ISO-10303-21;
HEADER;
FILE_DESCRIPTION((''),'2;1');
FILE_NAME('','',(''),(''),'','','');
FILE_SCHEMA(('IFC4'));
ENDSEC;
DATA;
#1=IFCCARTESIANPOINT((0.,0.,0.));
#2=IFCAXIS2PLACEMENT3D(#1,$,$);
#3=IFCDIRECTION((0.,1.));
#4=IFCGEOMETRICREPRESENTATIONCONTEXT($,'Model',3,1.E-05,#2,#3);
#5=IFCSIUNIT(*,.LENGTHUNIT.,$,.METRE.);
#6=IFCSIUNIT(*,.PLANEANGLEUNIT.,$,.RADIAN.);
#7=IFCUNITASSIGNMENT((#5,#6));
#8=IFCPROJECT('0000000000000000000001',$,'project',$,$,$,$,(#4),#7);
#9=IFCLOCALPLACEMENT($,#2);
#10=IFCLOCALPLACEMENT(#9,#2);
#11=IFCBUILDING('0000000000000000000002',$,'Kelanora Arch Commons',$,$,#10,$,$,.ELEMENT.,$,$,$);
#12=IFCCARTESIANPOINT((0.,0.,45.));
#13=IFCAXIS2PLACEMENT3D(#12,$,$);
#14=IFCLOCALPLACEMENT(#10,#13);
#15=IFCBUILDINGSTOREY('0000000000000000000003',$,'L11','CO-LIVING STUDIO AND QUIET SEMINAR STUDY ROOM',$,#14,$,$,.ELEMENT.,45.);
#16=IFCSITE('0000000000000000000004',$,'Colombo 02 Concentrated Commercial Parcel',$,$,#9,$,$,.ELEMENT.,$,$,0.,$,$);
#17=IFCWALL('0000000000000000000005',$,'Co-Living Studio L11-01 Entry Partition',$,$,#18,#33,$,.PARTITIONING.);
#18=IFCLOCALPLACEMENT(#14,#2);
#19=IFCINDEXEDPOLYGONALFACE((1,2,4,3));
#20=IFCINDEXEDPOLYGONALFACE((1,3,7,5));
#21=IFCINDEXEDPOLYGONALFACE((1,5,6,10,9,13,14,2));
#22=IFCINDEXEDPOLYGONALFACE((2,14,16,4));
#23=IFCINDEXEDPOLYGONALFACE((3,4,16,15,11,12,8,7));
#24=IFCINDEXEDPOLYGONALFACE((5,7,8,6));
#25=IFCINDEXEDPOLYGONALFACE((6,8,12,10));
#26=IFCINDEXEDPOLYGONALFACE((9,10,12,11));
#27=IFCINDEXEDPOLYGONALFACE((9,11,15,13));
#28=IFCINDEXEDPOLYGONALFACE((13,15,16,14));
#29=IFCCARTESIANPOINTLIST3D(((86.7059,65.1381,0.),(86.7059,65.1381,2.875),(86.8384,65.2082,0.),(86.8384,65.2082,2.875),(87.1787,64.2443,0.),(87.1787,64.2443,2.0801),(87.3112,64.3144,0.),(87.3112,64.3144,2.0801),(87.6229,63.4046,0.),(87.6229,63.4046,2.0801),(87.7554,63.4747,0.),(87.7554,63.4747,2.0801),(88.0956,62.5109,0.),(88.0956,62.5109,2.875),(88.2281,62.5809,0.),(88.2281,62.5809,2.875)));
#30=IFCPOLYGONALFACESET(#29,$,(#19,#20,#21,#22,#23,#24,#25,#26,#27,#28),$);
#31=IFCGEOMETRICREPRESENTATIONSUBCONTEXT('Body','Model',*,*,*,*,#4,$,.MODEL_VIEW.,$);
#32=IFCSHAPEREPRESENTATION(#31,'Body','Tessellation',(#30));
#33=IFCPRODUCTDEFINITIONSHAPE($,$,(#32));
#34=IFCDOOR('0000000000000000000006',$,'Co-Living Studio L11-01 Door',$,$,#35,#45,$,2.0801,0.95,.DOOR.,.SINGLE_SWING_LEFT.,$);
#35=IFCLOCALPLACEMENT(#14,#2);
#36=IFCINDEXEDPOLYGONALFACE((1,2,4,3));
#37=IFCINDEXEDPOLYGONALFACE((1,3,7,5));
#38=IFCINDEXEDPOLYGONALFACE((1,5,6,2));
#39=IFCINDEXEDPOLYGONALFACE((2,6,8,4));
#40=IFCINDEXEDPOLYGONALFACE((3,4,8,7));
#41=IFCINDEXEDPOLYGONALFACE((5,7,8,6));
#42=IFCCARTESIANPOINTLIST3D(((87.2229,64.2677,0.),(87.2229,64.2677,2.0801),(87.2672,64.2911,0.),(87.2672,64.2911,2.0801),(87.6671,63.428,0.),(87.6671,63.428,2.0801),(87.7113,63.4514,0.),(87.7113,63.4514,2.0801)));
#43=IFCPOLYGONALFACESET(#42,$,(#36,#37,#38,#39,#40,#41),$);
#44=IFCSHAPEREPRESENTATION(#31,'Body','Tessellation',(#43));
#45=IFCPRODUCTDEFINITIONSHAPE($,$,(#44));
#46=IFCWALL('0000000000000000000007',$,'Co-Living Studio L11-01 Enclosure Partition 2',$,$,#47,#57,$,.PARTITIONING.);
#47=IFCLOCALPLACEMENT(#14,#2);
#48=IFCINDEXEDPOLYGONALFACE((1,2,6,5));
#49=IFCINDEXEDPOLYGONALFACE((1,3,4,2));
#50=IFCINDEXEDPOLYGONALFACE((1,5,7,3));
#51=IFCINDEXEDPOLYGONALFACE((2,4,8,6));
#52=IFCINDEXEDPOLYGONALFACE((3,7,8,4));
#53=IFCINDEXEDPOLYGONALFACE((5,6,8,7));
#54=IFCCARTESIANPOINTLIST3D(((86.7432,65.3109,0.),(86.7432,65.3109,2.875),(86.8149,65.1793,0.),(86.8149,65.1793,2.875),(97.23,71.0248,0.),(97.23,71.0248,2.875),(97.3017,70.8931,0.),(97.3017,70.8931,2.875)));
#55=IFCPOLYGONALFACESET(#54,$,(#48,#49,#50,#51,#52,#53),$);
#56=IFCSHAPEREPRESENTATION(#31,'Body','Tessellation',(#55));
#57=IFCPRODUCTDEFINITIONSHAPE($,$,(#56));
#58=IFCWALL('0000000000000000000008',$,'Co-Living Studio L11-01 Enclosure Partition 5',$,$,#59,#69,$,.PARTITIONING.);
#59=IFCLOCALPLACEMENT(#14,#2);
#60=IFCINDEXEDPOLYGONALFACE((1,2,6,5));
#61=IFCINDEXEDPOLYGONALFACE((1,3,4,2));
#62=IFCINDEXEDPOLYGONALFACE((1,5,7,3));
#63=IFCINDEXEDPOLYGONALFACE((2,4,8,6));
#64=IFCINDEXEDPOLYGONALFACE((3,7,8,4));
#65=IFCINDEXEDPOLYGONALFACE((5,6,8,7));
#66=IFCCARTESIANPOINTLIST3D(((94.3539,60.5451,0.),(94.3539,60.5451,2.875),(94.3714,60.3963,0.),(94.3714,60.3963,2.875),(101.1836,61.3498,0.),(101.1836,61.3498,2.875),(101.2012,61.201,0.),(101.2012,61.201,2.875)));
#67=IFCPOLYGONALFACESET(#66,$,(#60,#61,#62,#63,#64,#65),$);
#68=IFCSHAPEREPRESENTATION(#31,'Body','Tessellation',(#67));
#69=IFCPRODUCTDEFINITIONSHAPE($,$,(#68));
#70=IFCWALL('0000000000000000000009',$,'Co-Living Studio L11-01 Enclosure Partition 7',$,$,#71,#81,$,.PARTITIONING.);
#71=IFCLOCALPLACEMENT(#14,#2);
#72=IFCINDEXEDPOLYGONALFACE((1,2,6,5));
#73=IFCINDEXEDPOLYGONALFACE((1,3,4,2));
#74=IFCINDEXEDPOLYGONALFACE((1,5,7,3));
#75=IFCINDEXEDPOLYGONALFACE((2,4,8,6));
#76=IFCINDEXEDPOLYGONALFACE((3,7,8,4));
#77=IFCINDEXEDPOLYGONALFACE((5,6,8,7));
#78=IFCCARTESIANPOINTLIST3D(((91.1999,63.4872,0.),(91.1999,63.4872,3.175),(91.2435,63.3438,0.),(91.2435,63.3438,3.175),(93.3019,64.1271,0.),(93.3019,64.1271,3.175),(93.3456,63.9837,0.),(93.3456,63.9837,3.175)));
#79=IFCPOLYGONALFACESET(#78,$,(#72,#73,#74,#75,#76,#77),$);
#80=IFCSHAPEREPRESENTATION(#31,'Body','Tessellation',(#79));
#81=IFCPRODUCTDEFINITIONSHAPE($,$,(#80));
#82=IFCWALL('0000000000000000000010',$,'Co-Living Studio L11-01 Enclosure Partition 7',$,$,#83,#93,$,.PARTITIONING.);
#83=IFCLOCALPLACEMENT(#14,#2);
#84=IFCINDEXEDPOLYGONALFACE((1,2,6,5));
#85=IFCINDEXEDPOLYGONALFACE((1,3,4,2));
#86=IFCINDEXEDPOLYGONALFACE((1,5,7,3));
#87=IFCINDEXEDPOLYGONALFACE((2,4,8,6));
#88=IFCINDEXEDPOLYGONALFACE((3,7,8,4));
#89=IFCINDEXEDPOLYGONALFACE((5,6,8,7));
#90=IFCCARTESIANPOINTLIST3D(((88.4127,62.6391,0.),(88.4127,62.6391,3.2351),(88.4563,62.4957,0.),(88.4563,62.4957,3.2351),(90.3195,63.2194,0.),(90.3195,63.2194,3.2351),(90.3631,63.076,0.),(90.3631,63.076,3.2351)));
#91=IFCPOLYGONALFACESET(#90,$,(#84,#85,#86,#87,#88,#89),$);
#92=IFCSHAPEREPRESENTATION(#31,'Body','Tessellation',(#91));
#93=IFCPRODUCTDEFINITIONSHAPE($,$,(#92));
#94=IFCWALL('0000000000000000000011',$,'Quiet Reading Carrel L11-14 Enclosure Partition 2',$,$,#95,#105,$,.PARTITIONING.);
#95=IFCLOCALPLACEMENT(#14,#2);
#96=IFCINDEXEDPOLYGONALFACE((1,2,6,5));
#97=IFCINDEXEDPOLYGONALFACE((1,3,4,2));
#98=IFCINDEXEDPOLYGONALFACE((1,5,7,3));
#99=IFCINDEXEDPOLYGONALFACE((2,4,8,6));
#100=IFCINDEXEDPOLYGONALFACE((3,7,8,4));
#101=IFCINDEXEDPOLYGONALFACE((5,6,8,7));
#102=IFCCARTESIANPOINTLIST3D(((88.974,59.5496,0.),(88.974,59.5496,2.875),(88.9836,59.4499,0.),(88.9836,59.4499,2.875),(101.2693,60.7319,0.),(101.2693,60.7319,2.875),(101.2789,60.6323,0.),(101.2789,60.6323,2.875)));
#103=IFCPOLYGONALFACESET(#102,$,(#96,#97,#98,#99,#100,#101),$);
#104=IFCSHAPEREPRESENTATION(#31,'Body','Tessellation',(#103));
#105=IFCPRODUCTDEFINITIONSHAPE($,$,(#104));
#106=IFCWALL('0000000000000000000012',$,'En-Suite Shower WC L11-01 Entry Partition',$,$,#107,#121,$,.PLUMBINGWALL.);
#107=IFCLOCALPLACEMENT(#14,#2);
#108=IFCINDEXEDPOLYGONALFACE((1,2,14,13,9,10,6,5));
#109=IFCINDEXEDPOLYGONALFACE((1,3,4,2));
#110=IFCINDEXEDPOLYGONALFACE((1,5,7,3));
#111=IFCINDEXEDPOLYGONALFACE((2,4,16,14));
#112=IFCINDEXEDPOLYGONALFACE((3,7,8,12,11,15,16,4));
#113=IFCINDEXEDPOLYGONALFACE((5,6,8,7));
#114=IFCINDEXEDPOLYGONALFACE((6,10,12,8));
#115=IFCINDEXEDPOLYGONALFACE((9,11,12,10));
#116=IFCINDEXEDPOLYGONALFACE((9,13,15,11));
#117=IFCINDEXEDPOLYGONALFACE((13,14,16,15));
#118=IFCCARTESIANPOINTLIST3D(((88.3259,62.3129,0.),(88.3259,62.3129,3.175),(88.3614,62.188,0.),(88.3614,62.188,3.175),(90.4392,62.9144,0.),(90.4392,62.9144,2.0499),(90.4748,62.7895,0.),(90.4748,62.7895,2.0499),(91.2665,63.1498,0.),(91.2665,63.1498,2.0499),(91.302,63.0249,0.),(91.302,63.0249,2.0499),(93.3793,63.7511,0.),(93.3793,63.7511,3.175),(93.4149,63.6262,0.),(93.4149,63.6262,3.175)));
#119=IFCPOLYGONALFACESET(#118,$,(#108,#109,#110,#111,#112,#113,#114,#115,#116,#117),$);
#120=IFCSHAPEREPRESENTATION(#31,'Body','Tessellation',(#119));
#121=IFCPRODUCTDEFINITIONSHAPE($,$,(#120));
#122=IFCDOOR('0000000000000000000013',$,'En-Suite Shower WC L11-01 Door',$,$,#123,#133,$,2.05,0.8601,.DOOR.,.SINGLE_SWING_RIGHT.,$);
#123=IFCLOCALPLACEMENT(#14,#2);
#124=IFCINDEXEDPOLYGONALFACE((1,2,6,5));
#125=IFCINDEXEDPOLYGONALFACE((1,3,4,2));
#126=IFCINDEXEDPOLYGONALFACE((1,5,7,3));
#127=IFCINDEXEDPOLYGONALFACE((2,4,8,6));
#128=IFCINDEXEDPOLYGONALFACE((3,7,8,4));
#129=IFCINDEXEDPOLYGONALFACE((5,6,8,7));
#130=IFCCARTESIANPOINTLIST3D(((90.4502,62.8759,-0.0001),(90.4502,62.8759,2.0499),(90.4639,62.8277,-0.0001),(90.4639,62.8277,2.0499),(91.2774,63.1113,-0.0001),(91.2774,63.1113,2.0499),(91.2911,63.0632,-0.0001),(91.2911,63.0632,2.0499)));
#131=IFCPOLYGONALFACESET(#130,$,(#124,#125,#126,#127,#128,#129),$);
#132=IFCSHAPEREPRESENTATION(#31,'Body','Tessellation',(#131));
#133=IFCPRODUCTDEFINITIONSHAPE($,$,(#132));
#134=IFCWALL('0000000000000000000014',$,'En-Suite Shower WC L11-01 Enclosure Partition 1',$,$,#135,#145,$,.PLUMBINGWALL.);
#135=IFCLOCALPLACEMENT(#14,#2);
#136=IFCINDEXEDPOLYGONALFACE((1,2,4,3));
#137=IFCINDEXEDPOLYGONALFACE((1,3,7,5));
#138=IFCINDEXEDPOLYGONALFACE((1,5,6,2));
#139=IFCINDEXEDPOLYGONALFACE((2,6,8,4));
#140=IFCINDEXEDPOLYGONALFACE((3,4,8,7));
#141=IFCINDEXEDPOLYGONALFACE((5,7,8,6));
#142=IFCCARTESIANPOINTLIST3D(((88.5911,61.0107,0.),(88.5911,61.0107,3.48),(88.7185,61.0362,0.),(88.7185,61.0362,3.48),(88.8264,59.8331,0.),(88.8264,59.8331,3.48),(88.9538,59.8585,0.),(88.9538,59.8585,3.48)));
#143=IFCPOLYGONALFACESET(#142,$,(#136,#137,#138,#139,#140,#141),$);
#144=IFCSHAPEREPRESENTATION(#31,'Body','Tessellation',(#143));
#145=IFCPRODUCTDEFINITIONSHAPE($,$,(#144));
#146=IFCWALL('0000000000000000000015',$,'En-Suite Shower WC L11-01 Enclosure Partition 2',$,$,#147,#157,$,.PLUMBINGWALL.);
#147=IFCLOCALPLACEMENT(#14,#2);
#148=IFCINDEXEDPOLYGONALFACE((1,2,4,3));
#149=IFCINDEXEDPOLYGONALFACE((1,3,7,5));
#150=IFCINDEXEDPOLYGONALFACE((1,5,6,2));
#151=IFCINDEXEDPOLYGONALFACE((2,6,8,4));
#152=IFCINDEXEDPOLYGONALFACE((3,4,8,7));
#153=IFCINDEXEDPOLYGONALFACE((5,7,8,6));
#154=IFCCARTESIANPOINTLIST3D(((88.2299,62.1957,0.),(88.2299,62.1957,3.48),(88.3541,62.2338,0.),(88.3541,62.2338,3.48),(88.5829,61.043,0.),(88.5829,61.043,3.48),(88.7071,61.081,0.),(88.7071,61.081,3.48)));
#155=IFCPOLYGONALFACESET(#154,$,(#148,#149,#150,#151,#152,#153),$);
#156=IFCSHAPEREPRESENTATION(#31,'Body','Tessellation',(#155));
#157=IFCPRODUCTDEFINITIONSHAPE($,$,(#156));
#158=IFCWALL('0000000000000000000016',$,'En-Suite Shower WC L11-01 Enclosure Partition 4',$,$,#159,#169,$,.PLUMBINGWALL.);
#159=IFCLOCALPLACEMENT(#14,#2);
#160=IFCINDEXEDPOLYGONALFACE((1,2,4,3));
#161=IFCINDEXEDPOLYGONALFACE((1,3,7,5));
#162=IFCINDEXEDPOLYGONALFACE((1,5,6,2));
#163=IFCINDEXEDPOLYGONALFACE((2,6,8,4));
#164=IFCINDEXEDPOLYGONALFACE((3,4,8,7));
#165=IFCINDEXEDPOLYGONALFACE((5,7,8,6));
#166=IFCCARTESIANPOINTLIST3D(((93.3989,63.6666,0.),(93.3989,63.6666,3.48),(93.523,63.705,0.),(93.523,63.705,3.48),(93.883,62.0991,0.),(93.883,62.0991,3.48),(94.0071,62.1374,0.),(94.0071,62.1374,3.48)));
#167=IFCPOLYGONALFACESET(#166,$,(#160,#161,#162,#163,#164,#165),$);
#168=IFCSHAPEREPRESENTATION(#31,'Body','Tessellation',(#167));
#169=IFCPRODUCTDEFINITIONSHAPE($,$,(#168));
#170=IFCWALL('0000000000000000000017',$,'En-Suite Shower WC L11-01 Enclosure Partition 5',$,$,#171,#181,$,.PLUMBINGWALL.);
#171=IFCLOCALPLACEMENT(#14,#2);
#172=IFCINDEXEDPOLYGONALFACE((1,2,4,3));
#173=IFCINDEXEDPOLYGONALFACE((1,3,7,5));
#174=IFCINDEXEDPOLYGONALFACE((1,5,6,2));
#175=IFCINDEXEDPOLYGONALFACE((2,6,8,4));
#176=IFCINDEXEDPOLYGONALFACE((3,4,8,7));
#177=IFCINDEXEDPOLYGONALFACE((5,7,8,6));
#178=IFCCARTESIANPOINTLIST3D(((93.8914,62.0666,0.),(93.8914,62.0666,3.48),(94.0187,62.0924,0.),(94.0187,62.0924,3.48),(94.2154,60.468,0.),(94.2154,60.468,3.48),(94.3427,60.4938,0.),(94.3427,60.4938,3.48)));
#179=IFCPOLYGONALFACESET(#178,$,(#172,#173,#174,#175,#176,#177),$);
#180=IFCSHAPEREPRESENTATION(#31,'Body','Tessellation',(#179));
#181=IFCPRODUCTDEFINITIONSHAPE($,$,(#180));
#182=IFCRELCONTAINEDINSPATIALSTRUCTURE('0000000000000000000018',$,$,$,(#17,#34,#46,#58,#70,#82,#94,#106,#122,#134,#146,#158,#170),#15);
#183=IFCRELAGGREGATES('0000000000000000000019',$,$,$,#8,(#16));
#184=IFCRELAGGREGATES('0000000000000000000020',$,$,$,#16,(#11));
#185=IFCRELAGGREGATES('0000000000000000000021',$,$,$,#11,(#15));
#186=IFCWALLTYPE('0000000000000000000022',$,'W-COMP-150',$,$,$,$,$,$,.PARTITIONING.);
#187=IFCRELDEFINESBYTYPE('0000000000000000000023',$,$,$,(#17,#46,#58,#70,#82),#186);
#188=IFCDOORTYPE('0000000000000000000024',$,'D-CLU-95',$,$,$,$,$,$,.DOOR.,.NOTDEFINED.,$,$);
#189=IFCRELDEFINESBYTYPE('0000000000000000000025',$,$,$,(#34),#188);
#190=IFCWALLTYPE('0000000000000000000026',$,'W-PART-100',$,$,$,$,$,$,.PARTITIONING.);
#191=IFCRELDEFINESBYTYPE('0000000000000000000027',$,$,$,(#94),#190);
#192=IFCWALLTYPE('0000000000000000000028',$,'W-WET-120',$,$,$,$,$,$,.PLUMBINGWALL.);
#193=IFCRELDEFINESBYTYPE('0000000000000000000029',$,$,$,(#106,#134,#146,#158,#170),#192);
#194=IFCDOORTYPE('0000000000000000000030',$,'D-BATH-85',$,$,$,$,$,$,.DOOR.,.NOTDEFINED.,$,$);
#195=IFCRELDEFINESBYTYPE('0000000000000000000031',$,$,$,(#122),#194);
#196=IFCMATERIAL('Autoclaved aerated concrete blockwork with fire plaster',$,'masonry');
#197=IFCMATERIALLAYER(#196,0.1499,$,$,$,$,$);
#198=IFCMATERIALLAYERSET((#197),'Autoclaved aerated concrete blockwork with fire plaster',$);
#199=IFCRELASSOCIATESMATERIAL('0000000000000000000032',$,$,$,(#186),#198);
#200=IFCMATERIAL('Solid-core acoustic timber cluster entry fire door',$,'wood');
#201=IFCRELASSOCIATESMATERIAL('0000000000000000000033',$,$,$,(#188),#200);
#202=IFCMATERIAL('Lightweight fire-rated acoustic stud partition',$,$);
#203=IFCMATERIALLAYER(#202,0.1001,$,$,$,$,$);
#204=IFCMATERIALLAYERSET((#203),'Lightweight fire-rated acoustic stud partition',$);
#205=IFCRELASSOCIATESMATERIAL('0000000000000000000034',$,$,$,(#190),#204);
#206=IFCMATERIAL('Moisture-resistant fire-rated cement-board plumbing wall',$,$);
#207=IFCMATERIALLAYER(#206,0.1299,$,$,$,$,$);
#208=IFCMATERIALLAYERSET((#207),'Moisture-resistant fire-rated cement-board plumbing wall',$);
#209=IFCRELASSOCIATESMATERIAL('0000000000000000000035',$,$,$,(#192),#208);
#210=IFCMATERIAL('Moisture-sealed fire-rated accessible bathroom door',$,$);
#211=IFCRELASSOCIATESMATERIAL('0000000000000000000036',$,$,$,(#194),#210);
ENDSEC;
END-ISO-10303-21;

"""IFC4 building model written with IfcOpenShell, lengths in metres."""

from ifc_helpers import new_model, si_unit, direction, frame, frame_2d, origin, place, context, subcontext, project, spatial, rectangle, extrude, material, layer, layer_set, type_object, element, fill, save


model = new_model("IFC4")

# Units and contexts
model_context = context("Model", 3, precision=1e-05, world=origin(), true_north=direction((0.0, 1.0)))
body_context = subcontext(model_context, "Body", "Model", "MODEL_VIEW")
ifc_project = project(units=[si_unit("LENGTHUNIT", "METRE"), si_unit("PLANEANGLEUNIT", "RADIAN")], contexts=[model_context])

# Site, building, storey
site_placement = place(None, origin())
site = spatial("IfcSite", under=ifc_project, at=site_placement, Name="Colombo 02 Concentrated Commercial Parcel", CompositionType="ELEMENT", RefElevation=0.0)
building_placement = place(site_placement, origin())
building = spatial("IfcBuilding", under=site, at=building_placement, Name="Kelanora Arch Commons", CompositionType="ELEMENT")
storey_placement = place(building_placement, frame((0.0, 0.0, 45.0)))
storey = spatial("IfcBuildingStorey", under=building, at=storey_placement, Name="L11", Description="CO-LIVING STUDIO AND QUIET SEMINAR STUDY ROOM", CompositionType="ELEMENT", Elevation=45.0)

# Wall, opening, door
ifc_material_1 = material(Name="Autoclaved aerated concrete blockwork with fire plaster", Category="masonry")
ifc_layer_1 = layer(ifc_material_1, 0.1499)
ifc_layer_set_1 = layer_set([ifc_layer_1], Name="Autoclaved aerated concrete blockwork with fire plaster")
wall_type_1 = type_object("IfcWallType", Name="W-COMP-150", PredefinedType="PARTITIONING", material=ifc_layer_set_1)
wall_1_placement = place(storey_placement, frame((88.1619, 62.5459, 0.0), z_axis=(0.0, 0.0, 1.0), x_axis=(-0.467567, 0.883958, 0.0)))
wall_1 = element("IfcWall", 1, at=wall_1_placement, inside=storey, type_object=wall_type_1, Name="Co-Living Studio L11-01 Entry Partition", PredefinedType="PARTITIONING", context=body_context, shape_type="SweptSolid", body=[
    extrude(rectangle(XDim=2.9722, YDim=0.1499, at=frame_2d((1.4861, 0.0))), origin(), (0.0, 0.0, 1.0), 2.875),
])
opening_1_placement = place(wall_1_placement, frame((1.011, 0.0, 0.0)))
opening_1 = element("IfcOpeningElement", 2, at=opening_1_placement, cuts=wall_1, PredefinedType="OPENING", context=body_context, shape_type="SweptSolid", body=[
    extrude(rectangle(XDim=0.95, YDim=2.0801, at=frame_2d((0.4751, 1.04))), frame((0.0, 0.085, 0.0), z_axis=(0.0, -1.0, 0.0), x_axis=(1.0, 0.0, 0.0)), (0.0, 0.0, 1.0), 0.1699),
])
ifc_material_2 = material(Name="Solid-core acoustic timber cluster entry fire door", Category="wood")
door_type_1 = type_object("IfcDoorType", Name="D-CLU-95", OperationType="NOTDEFINED", PredefinedType="DOOR", material=ifc_material_2)
door_1_placement = place(opening_1_placement, origin())
door_1 = element("IfcDoor", 3, at=door_1_placement, inside=storey, type_object=door_type_1, Name="Co-Living Studio L11-01 Door", OperationType="SINGLE_SWING_LEFT", OverallHeight=2.0801, OverallWidth=0.95, PredefinedType="DOOR", context=body_context, shape_type="SweptSolid", body=[
    extrude(rectangle(XDim=0.95, YDim=2.0801, at=frame_2d((0.4751, 1.04))), frame((0.0, 0.0249, 0.0), z_axis=(0.0, -1.0, 0.0), x_axis=(1.0, 0.0, 0.0)), (0.0, 0.0, 1.0), 0.05),
])
fill(opening_1, door_1)

# Walls
wall_2_placement = place(storey_placement, frame((86.7791, 65.2451, 0.0), z_axis=(0.0, 0.0, 1.0), x_axis=(0.878114, 0.478451, 0.0)))
element("IfcWall", 4, at=wall_2_placement, inside=storey, type_object=wall_type_1, Name="Co-Living Studio L11-01 Enclosure Partition 2", PredefinedType="PARTITIONING", context=body_context, shape_type="SweptSolid", body=[
    extrude(rectangle(XDim=11.9424, YDim=0.1499, at=frame_2d((5.9712, 0.0))), origin(), (0.0, 0.0, 1.0), 2.875),
])
wall_3_placement = place(storey_placement, frame((101.1924, 61.2754, 0.0), z_axis=(0.0, 0.0, 1.0), x_axis=(-0.99313, -0.117014, 0.0)))
element("IfcWall", 5, at=wall_3_placement, inside=storey, type_object=wall_type_1, Name="Co-Living Studio L11-01 Enclosure Partition 5", PredefinedType="PARTITIONING", context=body_context, shape_type="SweptSolid", body=[
    extrude(rectangle(XDim=6.877, YDim=0.1499, at=frame_2d((3.4385, 0.0))), origin(), (0.0, 0.0, 1.0), 2.875),
])
wall_4_placement = place(storey_placement, frame((93.3237, 64.0554, 0.0), z_axis=(0.0, 0.0, 1.0), x_axis=(-0.956656, -0.291219, 0.0)))
element("IfcWall", 6, at=wall_4_placement, inside=storey, type_object=wall_type_1, Name="Co-Living Studio L11-01 Enclosure Partition 7", PredefinedType="PARTITIONING", context=body_context, shape_type="SweptSolid", body=[
    extrude(rectangle(XDim=2.1973, YDim=0.1499, at=frame_2d((1.0986, 0.0))), origin(), (0.0, 0.0, 1.0), 3.175),
])
wall_5_placement = place(storey_placement, frame((90.3413, 63.1477, 0.0), z_axis=(0.0, 0.0, 1.0), x_axis=(-0.956672, -0.291166, 0.0)))
element("IfcWall", 7, at=wall_5_placement, inside=storey, type_object=wall_type_1, Name="Co-Living Studio L11-01 Enclosure Partition 7", PredefinedType="PARTITIONING", context=body_context, shape_type="SweptSolid", body=[
    extrude(rectangle(XDim=1.9932, YDim=0.1499, at=frame_2d((0.9966, 0.0))), origin(), (0.0, 0.0, 1.0), 3.2351),
])
ifc_material_3 = material(Name="Lightweight fire-rated acoustic stud partition")
ifc_layer_2 = layer(ifc_material_3, 0.1001)
ifc_layer_set_2 = layer_set([ifc_layer_2], Name="Lightweight fire-rated acoustic stud partition")
wall_type_2 = type_object("IfcWallType", Name="W-PART-100", PredefinedType="PARTITIONING", material=ifc_layer_set_2)
wall_6_placement = place(storey_placement, frame((88.9788, 59.4998, 0.0), z_axis=(0.0, 0.0, 1.0), x_axis=(0.995408, 0.095722, 0.0)))
element("IfcWall", 8, at=wall_6_placement, inside=storey, type_object=wall_type_2, Name="Quiet Reading Carrel L11-14 Enclosure Partition 2", PredefinedType="PARTITIONING", context=body_context, shape_type="SweptSolid", body=[
    extrude(rectangle(XDim=12.3521, YDim=0.1001, at=frame_2d((6.176, 0.0))), origin(), (0.0, 0.0, 1.0), 2.875),
])

# Wall, opening, door
ifc_material_4 = material(Name="Moisture-resistant fire-rated cement-board plumbing wall")
ifc_layer_3 = layer(ifc_material_4, 0.1299)
ifc_layer_set_3 = layer_set([ifc_layer_3], Name="Moisture-resistant fire-rated cement-board plumbing wall")
wall_type_3 = type_object("IfcWallType", Name="W-WET-120", PredefinedType="PLUMBINGWALL", material=ifc_layer_set_3)
wall_7_placement = place(storey_placement, frame((88.3438, 62.2505, 0.0), z_axis=(0.0, 0.0, 1.0), x_axis=(0.961806, 0.273733, 0.0)))
wall_7 = element("IfcWall", 9, at=wall_7_placement, inside=storey, type_object=wall_type_3, Name="En-Suite Shower WC L11-01 Entry Partition", PredefinedType="PLUMBINGWALL", context=body_context, shape_type="SweptSolid", body=[
    extrude(rectangle(XDim=5.2542, YDim=0.1299, at=frame_2d((2.627, 0.0))), origin(), (0.0, 0.0, 1.0), 3.175),
])
opening_2_placement = place(wall_7_placement, frame((2.197, 0.0, 0.0)))
opening_2 = element("IfcOpeningElement", 10, at=opening_2_placement, cuts=wall_7, PredefinedType="OPENING", context=body_context, shape_type="SweptSolid", body=[
    extrude(rectangle(XDim=0.8601, YDim=2.05, at=frame_2d((0.4302, 1.0249))), frame((0.0, 0.075, 0.0), z_axis=(0.0, -1.0, 0.0), x_axis=(1.0, 0.0, 0.0)), (0.0, 0.0, 1.0), 0.1499),
])
ifc_material_5 = material(Name="Moisture-sealed fire-rated accessible bathroom door")
door_type_2 = type_object("IfcDoorType", Name="D-BATH-85", OperationType="NOTDEFINED", PredefinedType="DOOR", material=ifc_material_5)
door_2_placement = place(opening_2_placement, origin())
door_2 = element("IfcDoor", 11, at=door_2_placement, inside=storey, type_object=door_type_2, Name="En-Suite Shower WC L11-01 Door", OperationType="SINGLE_SWING_RIGHT", OverallHeight=2.05, OverallWidth=0.8601, PredefinedType="DOOR", context=body_context, shape_type="SweptSolid", body=[
    extrude(rectangle(XDim=0.8601, YDim=2.05, at=frame_2d((0.4302, 1.0249))), frame((0.0, 0.0249, 0.0), z_axis=(0.0, -1.0, 0.0), x_axis=(1.0, 0.0, 0.0)), (0.0, 0.0, 1.0), 0.05),
])
fill(opening_2, door_2)

# Walls
wall_8_placement = place(storey_placement, frame((88.8901, 59.8457, 0.0), z_axis=(0.0, 0.0, 1.0), x_axis=(-0.19596, 0.980612, 0.0)))
element("IfcWall", 12, at=wall_8_placement, inside=storey, type_object=wall_type_3, Name="En-Suite Shower WC L11-01 Enclosure Partition 1", PredefinedType="PLUMBINGWALL", context=body_context, shape_type="SweptSolid", body=[
    extrude(rectangle(XDim=1.2009, YDim=0.1299, at=frame_2d((0.6006, 0.0))), origin(), (0.0, 0.0, 1.0), 3.48),
])
wall_9_placement = place(storey_placement, frame((88.645, 61.062, 0.0), z_axis=(0.0, 0.0, 1.0), x_axis=(-0.292805, 0.956172, 0.0)))
element("IfcWall", 13, at=wall_9_placement, inside=storey, type_object=wall_type_3, Name="En-Suite Shower WC L11-01 Enclosure Partition 2", PredefinedType="PLUMBINGWALL", context=body_context, shape_type="SweptSolid", body=[
    extrude(rectangle(XDim=1.2056, YDim=0.1299, at=frame_2d((0.6028, 0.0))), origin(), (0.0, 0.0, 1.0), 3.48),
])
wall_10_placement = place(storey_placement, frame((93.4609, 63.6858, 0.0), z_axis=(0.0, 0.0, 1.0), x_axis=(0.295079, -0.955473, 0.0)))
element("IfcWall", 14, at=wall_10_placement, inside=storey, type_object=wall_type_3, Name="En-Suite Shower WC L11-01 Enclosure Partition 4", PredefinedType="PLUMBINGWALL", context=body_context, shape_type="SweptSolid", body=[
    extrude(rectangle(XDim=1.6406, YDim=0.1299, at=frame_2d((0.8203, 0.0))), origin(), (0.0, 0.0, 1.0), 3.48),
])
wall_11_placement = place(storey_placement, frame((93.9551, 62.0793, 0.0), z_axis=(0.0, 0.0, 1.0), x_axis=(0.19862, -0.980077, 0.0)))
element("IfcWall", 15, at=wall_11_placement, inside=storey, type_object=wall_type_3, Name="En-Suite Shower WC L11-01 Enclosure Partition 5", PredefinedType="PLUMBINGWALL", context=body_context, shape_type="SweptSolid", body=[
    extrude(rectangle(XDim=1.6311, YDim=0.1299, at=frame_2d((0.8154, 0.0))), origin(), (0.0, 0.0, 1.0), 3.48),
])

save(model, "model.ifc")
